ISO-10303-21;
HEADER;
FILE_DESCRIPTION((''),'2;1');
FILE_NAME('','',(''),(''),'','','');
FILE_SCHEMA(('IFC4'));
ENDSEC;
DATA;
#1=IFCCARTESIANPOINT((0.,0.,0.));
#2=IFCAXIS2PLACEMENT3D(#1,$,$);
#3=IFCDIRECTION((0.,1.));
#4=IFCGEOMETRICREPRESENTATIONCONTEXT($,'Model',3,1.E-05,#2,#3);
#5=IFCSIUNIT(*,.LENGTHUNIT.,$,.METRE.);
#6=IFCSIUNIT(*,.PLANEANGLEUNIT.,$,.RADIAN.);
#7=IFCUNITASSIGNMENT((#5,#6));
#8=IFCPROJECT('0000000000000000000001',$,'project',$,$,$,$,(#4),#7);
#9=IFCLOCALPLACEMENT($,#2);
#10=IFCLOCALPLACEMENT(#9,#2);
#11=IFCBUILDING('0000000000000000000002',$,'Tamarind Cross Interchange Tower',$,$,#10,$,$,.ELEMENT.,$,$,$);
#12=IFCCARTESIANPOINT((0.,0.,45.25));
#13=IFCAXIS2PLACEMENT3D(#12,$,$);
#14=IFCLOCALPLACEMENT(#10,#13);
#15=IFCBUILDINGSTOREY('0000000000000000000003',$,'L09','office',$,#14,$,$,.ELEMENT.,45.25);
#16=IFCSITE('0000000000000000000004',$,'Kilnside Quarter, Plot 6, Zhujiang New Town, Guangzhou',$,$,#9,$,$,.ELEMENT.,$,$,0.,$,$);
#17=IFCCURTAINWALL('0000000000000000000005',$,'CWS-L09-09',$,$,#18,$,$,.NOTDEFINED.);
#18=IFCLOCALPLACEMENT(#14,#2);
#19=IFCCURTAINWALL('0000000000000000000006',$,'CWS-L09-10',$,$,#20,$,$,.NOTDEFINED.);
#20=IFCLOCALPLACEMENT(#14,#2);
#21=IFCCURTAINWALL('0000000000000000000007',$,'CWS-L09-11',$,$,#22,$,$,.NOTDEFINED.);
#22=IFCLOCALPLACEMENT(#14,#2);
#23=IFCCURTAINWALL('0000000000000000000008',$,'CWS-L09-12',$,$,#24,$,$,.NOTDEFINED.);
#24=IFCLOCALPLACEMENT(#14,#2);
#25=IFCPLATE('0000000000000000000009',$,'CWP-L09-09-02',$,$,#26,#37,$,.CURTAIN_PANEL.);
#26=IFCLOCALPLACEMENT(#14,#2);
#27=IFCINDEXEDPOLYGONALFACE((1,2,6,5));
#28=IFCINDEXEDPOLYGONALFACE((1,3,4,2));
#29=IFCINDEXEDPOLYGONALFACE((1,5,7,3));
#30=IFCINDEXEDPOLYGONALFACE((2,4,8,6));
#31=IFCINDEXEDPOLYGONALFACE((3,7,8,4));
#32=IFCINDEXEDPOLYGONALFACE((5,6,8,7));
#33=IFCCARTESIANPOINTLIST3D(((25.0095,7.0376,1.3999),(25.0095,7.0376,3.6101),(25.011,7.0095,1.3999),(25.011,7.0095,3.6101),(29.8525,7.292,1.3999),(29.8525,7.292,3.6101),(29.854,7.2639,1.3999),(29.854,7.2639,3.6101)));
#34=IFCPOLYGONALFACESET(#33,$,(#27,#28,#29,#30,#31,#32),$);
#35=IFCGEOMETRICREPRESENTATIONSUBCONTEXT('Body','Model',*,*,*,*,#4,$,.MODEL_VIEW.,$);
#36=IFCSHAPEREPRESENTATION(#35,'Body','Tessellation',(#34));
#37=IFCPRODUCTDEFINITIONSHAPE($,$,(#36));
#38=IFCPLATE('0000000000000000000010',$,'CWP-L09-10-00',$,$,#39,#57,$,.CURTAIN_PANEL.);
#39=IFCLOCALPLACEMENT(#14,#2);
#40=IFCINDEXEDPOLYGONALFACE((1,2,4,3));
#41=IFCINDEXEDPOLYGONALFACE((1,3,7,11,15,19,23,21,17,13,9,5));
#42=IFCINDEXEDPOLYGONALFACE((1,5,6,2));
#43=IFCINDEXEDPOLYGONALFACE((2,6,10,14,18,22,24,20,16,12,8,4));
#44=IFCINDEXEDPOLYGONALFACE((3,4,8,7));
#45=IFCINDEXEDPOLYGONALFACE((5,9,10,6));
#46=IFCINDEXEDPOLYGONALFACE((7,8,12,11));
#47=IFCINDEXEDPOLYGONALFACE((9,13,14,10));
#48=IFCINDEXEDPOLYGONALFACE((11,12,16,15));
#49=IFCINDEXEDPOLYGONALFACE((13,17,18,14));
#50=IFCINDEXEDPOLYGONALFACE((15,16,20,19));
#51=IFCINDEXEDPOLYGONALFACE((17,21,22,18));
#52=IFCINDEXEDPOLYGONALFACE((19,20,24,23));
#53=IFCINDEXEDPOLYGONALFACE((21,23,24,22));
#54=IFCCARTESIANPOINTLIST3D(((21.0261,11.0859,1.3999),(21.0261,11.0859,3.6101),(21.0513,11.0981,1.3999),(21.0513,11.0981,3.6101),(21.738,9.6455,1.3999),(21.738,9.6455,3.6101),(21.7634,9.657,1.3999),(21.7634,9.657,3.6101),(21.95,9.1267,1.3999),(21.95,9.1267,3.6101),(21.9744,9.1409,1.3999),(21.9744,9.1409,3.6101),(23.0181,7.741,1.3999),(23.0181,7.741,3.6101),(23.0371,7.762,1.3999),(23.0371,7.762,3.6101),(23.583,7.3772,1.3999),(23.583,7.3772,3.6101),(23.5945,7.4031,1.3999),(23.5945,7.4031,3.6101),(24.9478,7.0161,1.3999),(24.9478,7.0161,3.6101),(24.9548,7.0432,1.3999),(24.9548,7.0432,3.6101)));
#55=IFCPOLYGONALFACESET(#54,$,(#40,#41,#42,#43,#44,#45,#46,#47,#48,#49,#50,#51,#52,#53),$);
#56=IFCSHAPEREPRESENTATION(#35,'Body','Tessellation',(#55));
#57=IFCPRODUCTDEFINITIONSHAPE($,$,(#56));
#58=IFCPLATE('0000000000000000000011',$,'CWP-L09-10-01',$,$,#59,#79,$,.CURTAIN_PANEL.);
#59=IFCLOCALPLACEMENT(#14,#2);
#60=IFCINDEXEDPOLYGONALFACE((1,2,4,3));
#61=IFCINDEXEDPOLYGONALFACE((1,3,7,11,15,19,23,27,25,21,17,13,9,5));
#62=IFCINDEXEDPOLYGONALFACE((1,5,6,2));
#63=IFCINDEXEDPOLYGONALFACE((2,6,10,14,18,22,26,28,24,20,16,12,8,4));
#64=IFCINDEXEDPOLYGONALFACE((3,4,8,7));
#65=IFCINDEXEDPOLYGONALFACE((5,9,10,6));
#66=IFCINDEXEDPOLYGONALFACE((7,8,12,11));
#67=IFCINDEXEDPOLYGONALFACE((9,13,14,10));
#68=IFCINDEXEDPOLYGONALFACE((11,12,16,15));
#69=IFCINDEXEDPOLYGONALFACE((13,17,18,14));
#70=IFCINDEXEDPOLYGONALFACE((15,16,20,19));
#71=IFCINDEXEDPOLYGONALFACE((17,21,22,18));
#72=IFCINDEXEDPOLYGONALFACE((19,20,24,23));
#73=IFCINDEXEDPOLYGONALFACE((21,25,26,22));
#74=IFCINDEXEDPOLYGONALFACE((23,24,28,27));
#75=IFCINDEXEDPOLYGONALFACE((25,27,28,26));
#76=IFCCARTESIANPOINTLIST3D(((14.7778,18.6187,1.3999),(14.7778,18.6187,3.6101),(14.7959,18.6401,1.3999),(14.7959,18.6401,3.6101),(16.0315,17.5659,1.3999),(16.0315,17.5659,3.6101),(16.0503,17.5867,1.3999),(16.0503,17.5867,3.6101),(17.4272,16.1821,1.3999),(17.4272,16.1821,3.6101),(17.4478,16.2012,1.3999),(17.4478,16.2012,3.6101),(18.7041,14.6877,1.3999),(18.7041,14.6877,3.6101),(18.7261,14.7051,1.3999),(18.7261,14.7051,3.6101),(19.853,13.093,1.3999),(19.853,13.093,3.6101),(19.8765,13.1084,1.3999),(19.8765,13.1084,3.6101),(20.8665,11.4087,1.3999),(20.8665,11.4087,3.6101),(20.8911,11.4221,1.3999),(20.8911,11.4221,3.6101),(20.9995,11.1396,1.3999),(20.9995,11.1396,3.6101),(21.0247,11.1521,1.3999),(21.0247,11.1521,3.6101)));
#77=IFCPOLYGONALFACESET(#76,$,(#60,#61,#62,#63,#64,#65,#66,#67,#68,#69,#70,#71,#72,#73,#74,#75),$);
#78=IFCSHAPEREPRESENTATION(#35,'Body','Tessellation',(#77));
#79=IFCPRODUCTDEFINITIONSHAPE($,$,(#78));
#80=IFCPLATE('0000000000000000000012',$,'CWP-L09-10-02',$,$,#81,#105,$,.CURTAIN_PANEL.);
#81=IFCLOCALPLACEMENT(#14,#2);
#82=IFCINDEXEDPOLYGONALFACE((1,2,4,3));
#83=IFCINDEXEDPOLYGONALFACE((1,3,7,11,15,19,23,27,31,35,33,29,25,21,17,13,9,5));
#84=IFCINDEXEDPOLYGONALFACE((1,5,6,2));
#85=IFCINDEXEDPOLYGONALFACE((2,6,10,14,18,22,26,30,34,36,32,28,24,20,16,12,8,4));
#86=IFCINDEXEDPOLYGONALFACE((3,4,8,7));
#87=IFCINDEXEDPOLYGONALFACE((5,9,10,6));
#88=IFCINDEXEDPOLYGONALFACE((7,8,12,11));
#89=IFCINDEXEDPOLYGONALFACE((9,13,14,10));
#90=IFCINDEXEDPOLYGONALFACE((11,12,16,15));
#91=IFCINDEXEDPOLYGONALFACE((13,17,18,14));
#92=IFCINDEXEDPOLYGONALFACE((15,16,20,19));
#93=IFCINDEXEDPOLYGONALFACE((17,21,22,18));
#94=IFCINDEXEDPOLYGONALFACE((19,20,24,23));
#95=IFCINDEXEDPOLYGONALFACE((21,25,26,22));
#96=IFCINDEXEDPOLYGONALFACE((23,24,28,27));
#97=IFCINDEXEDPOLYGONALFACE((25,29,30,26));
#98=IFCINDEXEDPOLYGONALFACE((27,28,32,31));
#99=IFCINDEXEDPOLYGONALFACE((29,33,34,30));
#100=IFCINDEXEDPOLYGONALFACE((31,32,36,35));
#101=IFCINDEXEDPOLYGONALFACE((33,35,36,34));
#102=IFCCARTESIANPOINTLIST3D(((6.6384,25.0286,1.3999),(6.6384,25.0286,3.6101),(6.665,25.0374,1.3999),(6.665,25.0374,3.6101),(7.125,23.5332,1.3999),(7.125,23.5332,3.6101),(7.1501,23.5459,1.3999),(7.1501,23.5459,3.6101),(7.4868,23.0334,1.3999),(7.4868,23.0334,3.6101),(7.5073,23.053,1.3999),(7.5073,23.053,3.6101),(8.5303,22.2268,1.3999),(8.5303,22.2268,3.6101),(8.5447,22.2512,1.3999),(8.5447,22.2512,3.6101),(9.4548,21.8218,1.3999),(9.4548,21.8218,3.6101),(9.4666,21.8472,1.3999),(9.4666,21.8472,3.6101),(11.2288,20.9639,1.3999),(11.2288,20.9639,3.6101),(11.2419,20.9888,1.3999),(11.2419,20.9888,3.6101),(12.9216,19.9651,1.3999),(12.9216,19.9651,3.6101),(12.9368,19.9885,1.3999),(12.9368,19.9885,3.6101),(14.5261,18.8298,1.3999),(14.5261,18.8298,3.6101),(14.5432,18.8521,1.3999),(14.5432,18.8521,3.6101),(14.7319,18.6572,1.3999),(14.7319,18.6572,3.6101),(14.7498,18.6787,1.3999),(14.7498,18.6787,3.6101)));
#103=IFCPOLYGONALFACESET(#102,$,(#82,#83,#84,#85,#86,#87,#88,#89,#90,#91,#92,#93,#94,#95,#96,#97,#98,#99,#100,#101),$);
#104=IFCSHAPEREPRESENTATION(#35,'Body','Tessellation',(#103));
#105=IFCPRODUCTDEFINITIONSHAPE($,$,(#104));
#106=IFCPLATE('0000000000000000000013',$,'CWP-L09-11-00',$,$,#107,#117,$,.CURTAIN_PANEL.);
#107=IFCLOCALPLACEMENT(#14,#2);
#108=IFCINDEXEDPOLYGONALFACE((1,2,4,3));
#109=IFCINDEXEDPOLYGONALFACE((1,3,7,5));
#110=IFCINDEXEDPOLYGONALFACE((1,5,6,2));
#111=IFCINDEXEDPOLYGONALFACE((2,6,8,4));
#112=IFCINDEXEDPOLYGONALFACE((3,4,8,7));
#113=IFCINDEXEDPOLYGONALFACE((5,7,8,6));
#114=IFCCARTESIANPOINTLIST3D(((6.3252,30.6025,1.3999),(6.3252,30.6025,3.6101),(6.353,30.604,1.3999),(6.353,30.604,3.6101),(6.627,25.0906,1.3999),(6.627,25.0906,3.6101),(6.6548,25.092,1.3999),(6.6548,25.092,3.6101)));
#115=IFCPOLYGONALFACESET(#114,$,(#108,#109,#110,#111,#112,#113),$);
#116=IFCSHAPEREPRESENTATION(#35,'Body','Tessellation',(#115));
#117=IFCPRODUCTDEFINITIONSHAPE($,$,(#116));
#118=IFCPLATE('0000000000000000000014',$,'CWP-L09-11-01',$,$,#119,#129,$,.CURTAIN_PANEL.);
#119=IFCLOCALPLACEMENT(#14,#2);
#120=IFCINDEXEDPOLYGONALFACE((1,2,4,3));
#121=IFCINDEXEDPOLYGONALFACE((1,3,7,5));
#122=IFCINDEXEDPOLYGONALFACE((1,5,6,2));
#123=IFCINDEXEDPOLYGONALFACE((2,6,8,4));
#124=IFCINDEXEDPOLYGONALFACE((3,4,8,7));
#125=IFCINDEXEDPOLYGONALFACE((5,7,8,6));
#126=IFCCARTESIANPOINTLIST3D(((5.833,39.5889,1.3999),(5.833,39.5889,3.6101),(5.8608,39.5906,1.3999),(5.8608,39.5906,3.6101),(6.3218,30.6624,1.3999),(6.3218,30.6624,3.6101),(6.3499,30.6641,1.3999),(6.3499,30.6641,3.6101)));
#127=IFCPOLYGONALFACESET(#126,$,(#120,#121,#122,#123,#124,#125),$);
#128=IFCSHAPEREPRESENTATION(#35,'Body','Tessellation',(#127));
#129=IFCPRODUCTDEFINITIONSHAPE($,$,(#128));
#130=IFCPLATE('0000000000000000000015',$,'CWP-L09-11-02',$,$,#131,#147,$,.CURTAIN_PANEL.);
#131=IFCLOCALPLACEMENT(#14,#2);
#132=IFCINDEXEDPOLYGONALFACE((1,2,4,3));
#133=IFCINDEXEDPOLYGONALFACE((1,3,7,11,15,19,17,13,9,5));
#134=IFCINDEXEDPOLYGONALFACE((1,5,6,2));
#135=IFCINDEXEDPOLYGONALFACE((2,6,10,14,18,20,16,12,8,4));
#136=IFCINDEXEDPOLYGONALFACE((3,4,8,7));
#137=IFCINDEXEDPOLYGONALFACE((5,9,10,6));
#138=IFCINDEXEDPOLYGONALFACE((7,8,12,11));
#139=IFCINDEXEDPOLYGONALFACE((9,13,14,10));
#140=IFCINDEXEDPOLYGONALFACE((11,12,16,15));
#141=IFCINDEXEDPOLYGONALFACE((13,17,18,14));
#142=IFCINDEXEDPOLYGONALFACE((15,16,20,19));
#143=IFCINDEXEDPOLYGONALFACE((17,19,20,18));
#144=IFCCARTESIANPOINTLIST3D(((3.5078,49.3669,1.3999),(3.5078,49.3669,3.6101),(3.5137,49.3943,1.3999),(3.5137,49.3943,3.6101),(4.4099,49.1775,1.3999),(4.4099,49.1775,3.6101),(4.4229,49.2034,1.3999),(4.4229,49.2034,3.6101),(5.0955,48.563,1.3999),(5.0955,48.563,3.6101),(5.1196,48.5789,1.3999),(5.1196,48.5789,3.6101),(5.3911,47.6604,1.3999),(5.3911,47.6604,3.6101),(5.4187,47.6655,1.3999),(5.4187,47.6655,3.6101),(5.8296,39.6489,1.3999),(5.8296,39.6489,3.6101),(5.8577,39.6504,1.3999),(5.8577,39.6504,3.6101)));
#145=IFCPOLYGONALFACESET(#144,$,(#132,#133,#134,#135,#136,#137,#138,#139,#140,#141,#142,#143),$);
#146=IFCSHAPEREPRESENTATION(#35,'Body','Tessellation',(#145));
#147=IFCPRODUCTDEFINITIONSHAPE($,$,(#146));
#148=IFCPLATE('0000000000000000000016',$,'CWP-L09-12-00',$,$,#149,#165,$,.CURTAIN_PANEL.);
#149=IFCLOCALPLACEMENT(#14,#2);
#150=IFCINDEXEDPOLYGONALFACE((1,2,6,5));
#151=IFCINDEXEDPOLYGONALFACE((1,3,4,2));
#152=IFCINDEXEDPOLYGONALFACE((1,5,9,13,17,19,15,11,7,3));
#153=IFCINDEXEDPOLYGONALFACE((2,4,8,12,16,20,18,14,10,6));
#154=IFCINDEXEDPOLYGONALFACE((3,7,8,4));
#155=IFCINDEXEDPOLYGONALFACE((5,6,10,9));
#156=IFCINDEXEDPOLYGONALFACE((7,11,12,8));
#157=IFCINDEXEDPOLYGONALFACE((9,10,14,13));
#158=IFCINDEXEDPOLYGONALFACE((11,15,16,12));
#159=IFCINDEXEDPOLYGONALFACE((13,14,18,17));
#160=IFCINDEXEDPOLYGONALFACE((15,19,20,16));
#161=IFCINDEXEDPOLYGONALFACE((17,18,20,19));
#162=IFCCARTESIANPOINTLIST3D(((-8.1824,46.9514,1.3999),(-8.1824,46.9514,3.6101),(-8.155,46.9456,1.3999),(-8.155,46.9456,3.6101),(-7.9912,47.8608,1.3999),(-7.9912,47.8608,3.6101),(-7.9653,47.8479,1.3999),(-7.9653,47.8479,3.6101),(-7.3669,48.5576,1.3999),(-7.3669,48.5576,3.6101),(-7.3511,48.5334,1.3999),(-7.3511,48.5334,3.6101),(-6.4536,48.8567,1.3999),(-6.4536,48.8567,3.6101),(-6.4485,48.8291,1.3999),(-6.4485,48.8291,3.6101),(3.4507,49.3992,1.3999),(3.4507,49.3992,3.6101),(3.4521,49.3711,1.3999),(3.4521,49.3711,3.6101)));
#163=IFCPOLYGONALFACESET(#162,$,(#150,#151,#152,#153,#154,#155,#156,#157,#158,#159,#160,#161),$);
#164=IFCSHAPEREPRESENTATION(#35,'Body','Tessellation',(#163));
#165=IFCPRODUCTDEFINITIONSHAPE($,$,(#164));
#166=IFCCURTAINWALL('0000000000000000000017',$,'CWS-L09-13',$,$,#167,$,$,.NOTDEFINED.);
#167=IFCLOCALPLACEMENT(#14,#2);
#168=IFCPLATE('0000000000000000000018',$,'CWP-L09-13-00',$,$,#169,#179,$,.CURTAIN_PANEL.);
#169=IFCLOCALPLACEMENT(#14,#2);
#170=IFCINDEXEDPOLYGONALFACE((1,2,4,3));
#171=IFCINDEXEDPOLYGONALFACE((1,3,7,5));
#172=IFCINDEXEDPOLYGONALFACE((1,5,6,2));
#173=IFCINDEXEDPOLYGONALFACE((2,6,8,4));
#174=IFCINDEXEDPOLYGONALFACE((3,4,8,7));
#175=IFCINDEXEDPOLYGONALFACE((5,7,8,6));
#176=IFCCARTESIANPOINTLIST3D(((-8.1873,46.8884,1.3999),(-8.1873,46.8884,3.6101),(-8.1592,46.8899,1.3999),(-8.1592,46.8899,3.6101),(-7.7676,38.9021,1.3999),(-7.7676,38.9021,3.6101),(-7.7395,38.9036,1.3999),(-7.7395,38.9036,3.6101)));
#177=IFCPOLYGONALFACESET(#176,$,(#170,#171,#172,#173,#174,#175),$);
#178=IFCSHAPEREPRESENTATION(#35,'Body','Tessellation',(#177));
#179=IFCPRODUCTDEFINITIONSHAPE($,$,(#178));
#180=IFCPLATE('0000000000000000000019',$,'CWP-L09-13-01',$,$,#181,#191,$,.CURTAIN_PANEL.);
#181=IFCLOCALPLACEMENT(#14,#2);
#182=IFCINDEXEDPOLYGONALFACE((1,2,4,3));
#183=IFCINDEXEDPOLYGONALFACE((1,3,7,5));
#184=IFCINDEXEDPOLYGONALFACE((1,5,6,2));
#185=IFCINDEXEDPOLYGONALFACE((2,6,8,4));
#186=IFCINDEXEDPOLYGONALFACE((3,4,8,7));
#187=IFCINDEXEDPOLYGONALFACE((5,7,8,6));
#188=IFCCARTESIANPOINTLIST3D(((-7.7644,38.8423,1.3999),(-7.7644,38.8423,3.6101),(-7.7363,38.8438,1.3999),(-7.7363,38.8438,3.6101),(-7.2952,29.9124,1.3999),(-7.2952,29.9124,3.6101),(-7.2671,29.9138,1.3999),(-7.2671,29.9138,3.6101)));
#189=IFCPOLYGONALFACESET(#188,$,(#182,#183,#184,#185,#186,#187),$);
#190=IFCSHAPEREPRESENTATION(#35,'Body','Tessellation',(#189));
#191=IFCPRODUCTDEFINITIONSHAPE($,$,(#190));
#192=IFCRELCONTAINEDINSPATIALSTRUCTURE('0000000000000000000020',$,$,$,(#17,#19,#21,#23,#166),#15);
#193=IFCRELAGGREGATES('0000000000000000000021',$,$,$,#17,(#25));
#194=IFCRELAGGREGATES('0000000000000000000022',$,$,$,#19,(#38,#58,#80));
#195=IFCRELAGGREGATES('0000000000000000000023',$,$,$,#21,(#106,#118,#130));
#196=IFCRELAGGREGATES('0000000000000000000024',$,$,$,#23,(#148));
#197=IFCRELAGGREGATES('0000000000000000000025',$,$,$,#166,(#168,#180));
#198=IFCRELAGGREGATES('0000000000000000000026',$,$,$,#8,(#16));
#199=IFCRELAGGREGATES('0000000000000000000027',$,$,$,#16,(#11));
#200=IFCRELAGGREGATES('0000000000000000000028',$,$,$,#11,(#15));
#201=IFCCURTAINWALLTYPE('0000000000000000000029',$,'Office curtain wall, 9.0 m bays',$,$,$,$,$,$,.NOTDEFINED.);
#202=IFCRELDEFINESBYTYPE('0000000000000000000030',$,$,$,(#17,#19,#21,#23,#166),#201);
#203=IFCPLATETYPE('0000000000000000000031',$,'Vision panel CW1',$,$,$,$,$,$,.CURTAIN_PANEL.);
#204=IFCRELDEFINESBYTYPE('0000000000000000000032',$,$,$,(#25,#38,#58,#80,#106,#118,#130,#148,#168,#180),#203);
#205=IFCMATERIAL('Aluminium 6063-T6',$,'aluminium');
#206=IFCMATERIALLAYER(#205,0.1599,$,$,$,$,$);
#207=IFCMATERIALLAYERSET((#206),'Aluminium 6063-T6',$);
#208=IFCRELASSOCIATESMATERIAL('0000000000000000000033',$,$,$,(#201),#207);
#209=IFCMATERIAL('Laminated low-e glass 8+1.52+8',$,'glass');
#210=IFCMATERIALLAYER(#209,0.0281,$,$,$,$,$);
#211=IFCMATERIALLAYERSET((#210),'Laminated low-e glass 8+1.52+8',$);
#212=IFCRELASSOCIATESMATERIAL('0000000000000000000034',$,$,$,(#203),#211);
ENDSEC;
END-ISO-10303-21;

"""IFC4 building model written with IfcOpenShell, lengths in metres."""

from ifc_helpers import new_model, si_unit, direction, frame, origin, place, context, subcontext, project, spatial, polyline, outline, extrude, material, layer, layer_set, type_object, element, aggregate, save


model = new_model("IFC4")

# Units and contexts
model_context = context("Model", 3, precision=1e-05, world=origin(), true_north=direction((0.0, 1.0)))
body_context = subcontext(model_context, "Body", "Model", "MODEL_VIEW")
ifc_project = project(units=[si_unit("LENGTHUNIT", "METRE"), si_unit("PLANEANGLEUNIT", "RADIAN")], contexts=[model_context])

# Site, building, storey
site_placement = place(None, origin())
site = spatial("IfcSite", under=ifc_project, at=site_placement, Name="Kilnside Quarter, Plot 6, Zhujiang New Town, Guangzhou", CompositionType="ELEMENT", RefElevation=0.0)
building_placement = place(site_placement, origin())
building = spatial("IfcBuilding", under=site, at=building_placement, Name="Tamarind Cross Interchange Tower", CompositionType="ELEMENT")
storey_placement = place(building_placement, frame((0.0, 0.0, 45.25)))
storey = spatial("IfcBuildingStorey", under=building, at=storey_placement, Name="L09", Description="office", CompositionType="ELEMENT", Elevation=45.25)

# Curtain walls
ifc_material_1 = material(Name="Aluminium 6063-T6", Category="aluminium")
ifc_layer_1 = layer(ifc_material_1, 0.1599)
ifc_layer_set_1 = layer_set([ifc_layer_1], Name="Aluminium 6063-T6")
curtain_wall_type = type_object("IfcCurtainWallType", Name="Office curtain wall, 9.0 m bays", PredefinedType="NOTDEFINED", material=ifc_layer_set_1)
curtain_wall_1_placement = place(storey_placement, origin())
curtain_wall_1 = element("IfcCurtainWall", 1, at=curtain_wall_1_placement, inside=storey, type_object=curtain_wall_type, Name="CWS-L09-09", PredefinedType="NOTDEFINED")
curtain_wall_2_placement = place(storey_placement, origin())
curtain_wall_2 = element("IfcCurtainWall", 2, at=curtain_wall_2_placement, inside=storey, type_object=curtain_wall_type, Name="CWS-L09-10", PredefinedType="NOTDEFINED")
curtain_wall_3_placement = place(storey_placement, origin())
curtain_wall_3 = element("IfcCurtainWall", 3, at=curtain_wall_3_placement, inside=storey, type_object=curtain_wall_type, Name="CWS-L09-11", PredefinedType="NOTDEFINED")
curtain_wall_4_placement = place(storey_placement, origin())
curtain_wall_4 = element("IfcCurtainWall", 4, at=curtain_wall_4_placement, inside=storey, type_object=curtain_wall_type, Name="CWS-L09-12", PredefinedType="NOTDEFINED")

# Plates
ifc_material_2 = material(Name="Laminated low-e glass 8+1.52+8", Category="glass")
ifc_layer_2 = layer(ifc_material_2, 0.0281)
ifc_layer_set_2 = layer_set([ifc_layer_2], Name="Laminated low-e glass 8+1.52+8")
plate_type = type_object("IfcPlateType", Name="Vision panel CW1", PredefinedType="CURTAIN_PANEL", material=ifc_layer_set_2)
plate_1_placement = place(storey_placement, frame((0.0, 0.0, 1.3999)))
plate_1 = element("IfcPlate", 5, at=plate_1_placement, type_object=plate_type, Name="CWP-L09-09-02", PredefinedType="CURTAIN_PANEL", context=body_context, shape_type="SweptSolid", body=[
    extrude(outline(polyline([(29.854, 7.2639), (25.011, 7.0095), (25.0095, 7.0376), (29.8525, 7.292), (29.854, 7.2639)])), origin(), (0.0, 0.0, 1.0), 2.2102),
])
aggregate(curtain_wall_1, [plate_1])
plate_2_placement = place(storey_placement, frame((0.0, 0.0, 1.3999)))
plate_2 = element("IfcPlate", 6, at=plate_2_placement, type_object=plate_type, Name="CWP-L09-10-00", PredefinedType="CURTAIN_PANEL", context=body_context, shape_type="SweptSolid", body=[
    extrude(outline(polyline([(24.9478, 7.0161), (23.583, 7.3772), (23.0181, 7.741), (21.95, 9.1267), (21.738, 9.6455), (21.0261, 11.0859), (21.0513, 11.0981), (21.7634, 9.657), (21.9744, 9.1409), (23.0371, 7.762), (23.5945, 7.4031), (24.9548, 7.0432), (24.9478, 7.0161)])), origin(), (0.0, 0.0, 1.0), 2.2102),
])
plate_3_placement = place(storey_placement, frame((0.0, 0.0, 1.3999)))
plate_3 = element("IfcPlate", 7, at=plate_3_placement, type_object=plate_type, Name="CWP-L09-10-01", PredefinedType="CURTAIN_PANEL", context=body_context, shape_type="SweptSolid", body=[
    extrude(outline(polyline([(20.9995, 11.1396), (20.8665, 11.4087), (19.853, 13.093), (18.7041, 14.6877), (17.4272, 16.1821), (16.0315, 17.5659), (14.7778, 18.6187), (14.7959, 18.6401), (16.0503, 17.5867), (17.4478, 16.2012), (18.7261, 14.7051), (19.8765, 13.1084), (20.8911, 11.4221), (21.0247, 11.1521), (20.9995, 11.1396)])), origin(), (0.0, 0.0, 1.0), 2.2102),
])
plate_4_placement = place(storey_placement, frame((0.0, 0.0, 1.3999)))
plate_4 = element("IfcPlate", 8, at=plate_4_placement, type_object=plate_type, Name="CWP-L09-10-02", PredefinedType="CURTAIN_PANEL", context=body_context, shape_type="SweptSolid", body=[
    extrude(outline(polyline([(14.7319, 18.6572), (14.5261, 18.8298), (12.9216, 19.9651), (11.2288, 20.9639), (9.4548, 21.8218), (8.5303, 22.2268), (7.4868, 23.0334), (7.125, 23.5332), (6.6384, 25.0286), (6.665, 25.0374), (7.1501, 23.5459), (7.5073, 23.053), (8.5447, 22.2512), (9.4666, 21.8472), (11.2419, 20.9888), (12.9368, 19.9885), (14.5432, 18.8521), (14.7498, 18.6787), (14.7319, 18.6572)])), origin(), (0.0, 0.0, 1.0), 2.2102),
])
aggregate(curtain_wall_2, [plate_2, plate_3, plate_4])
plate_5_placement = place(storey_placement, frame((0.0, 0.0, 1.3999)))
plate_5 = element("IfcPlate", 9, at=plate_5_placement, type_object=plate_type, Name="CWP-L09-11-00", PredefinedType="CURTAIN_PANEL", context=body_context, shape_type="SweptSolid", body=[
    extrude(outline(polyline([(6.627, 25.0906), (6.3252, 30.6025), (6.353, 30.604), (6.6548, 25.092), (6.627, 25.0906)])), origin(), (0.0, 0.0, 1.0), 2.2102),
])
plate_6_placement = place(storey_placement, frame((0.0, 0.0, 1.3999)))
plate_6 = element("IfcPlate", 10, at=plate_6_placement, type_object=plate_type, Name="CWP-L09-11-01", PredefinedType="CURTAIN_PANEL", context=body_context, shape_type="SweptSolid", body=[
    extrude(outline(polyline([(6.3218, 30.6624), (5.833, 39.5889), (5.8608, 39.5906), (6.3499, 30.6641), (6.3218, 30.6624)])), origin(), (0.0, 0.0, 1.0), 2.2102),
])
plate_7_placement = place(storey_placement, frame((0.0, 0.0, 1.3999)))
plate_7 = element("IfcPlate", 11, at=plate_7_placement, type_object=plate_type, Name="CWP-L09-11-02", PredefinedType="CURTAIN_PANEL", context=body_context, shape_type="SweptSolid", body=[
    extrude(outline(polyline([(5.8296, 39.6489), (5.3911, 47.6604), (5.0955, 48.563), (4.4099, 49.1775), (3.5078, 49.3669), (3.5137, 49.3943), (4.4229, 49.2034), (5.1196, 48.5789), (5.4187, 47.6655), (5.8577, 39.6504), (5.8296, 39.6489)])), origin(), (0.0, 0.0, 1.0), 2.2102),
])
aggregate(curtain_wall_3, [plate_5, plate_6, plate_7])
plate_8_placement = place(storey_placement, frame((0.0, 0.0, 1.3999)))
plate_8 = element("IfcPlate", 12, at=plate_8_placement, type_object=plate_type, Name="CWP-L09-12-00", PredefinedType="CURTAIN_PANEL", context=body_context, shape_type="SweptSolid", body=[
    extrude(outline(polyline([(3.4521, 49.3711), (-6.4485, 48.8291), (-7.3511, 48.5334), (-7.9653, 47.8479), (-8.155, 46.9456), (-8.1824, 46.9514), (-7.9912, 47.8608), (-7.3669, 48.5576), (-6.4536, 48.8567), (3.4507, 49.3992), (3.4521, 49.3711)])), origin(), (0.0, 0.0, 1.0), 2.2102),
])
aggregate(curtain_wall_4, [plate_8])

# Curtain wall, plates
curtain_wall_5_placement = place(storey_placement, origin())
curtain_wall_5 = element("IfcCurtainWall", 13, at=curtain_wall_5_placement, inside=storey, type_object=curtain_wall_type, Name="CWS-L09-13", PredefinedType="NOTDEFINED")
plate_9_placement = place(storey_placement, frame((0.0, 0.0, 1.3999)))
plate_9 = element("IfcPlate", 14, at=plate_9_placement, type_object=plate_type, Name="CWP-L09-13-00", PredefinedType="CURTAIN_PANEL", context=body_context, shape_type="SweptSolid", body=[
    extrude(outline(polyline([(-8.1592, 46.8899), (-7.7395, 38.9036), (-7.7676, 38.9021), (-8.1873, 46.8884), (-8.1592, 46.8899)])), origin(), (0.0, 0.0, 1.0), 2.2102),
])
plate_10_placement = place(storey_placement, frame((0.0, 0.0, 1.3999)))
plate_10 = element("IfcPlate", 15, at=plate_10_placement, type_object=plate_type, Name="CWP-L09-13-01", PredefinedType="CURTAIN_PANEL", context=body_context, shape_type="SweptSolid", body=[
    extrude(outline(polyline([(-7.7363, 38.8438), (-7.2671, 29.9138), (-7.2952, 29.9124), (-7.7644, 38.8423), (-7.7363, 38.8438)])), origin(), (0.0, 0.0, 1.0), 2.2102),
])
aggregate(curtain_wall_5, [plate_9, plate_10])

save(model, "model.ifc")
